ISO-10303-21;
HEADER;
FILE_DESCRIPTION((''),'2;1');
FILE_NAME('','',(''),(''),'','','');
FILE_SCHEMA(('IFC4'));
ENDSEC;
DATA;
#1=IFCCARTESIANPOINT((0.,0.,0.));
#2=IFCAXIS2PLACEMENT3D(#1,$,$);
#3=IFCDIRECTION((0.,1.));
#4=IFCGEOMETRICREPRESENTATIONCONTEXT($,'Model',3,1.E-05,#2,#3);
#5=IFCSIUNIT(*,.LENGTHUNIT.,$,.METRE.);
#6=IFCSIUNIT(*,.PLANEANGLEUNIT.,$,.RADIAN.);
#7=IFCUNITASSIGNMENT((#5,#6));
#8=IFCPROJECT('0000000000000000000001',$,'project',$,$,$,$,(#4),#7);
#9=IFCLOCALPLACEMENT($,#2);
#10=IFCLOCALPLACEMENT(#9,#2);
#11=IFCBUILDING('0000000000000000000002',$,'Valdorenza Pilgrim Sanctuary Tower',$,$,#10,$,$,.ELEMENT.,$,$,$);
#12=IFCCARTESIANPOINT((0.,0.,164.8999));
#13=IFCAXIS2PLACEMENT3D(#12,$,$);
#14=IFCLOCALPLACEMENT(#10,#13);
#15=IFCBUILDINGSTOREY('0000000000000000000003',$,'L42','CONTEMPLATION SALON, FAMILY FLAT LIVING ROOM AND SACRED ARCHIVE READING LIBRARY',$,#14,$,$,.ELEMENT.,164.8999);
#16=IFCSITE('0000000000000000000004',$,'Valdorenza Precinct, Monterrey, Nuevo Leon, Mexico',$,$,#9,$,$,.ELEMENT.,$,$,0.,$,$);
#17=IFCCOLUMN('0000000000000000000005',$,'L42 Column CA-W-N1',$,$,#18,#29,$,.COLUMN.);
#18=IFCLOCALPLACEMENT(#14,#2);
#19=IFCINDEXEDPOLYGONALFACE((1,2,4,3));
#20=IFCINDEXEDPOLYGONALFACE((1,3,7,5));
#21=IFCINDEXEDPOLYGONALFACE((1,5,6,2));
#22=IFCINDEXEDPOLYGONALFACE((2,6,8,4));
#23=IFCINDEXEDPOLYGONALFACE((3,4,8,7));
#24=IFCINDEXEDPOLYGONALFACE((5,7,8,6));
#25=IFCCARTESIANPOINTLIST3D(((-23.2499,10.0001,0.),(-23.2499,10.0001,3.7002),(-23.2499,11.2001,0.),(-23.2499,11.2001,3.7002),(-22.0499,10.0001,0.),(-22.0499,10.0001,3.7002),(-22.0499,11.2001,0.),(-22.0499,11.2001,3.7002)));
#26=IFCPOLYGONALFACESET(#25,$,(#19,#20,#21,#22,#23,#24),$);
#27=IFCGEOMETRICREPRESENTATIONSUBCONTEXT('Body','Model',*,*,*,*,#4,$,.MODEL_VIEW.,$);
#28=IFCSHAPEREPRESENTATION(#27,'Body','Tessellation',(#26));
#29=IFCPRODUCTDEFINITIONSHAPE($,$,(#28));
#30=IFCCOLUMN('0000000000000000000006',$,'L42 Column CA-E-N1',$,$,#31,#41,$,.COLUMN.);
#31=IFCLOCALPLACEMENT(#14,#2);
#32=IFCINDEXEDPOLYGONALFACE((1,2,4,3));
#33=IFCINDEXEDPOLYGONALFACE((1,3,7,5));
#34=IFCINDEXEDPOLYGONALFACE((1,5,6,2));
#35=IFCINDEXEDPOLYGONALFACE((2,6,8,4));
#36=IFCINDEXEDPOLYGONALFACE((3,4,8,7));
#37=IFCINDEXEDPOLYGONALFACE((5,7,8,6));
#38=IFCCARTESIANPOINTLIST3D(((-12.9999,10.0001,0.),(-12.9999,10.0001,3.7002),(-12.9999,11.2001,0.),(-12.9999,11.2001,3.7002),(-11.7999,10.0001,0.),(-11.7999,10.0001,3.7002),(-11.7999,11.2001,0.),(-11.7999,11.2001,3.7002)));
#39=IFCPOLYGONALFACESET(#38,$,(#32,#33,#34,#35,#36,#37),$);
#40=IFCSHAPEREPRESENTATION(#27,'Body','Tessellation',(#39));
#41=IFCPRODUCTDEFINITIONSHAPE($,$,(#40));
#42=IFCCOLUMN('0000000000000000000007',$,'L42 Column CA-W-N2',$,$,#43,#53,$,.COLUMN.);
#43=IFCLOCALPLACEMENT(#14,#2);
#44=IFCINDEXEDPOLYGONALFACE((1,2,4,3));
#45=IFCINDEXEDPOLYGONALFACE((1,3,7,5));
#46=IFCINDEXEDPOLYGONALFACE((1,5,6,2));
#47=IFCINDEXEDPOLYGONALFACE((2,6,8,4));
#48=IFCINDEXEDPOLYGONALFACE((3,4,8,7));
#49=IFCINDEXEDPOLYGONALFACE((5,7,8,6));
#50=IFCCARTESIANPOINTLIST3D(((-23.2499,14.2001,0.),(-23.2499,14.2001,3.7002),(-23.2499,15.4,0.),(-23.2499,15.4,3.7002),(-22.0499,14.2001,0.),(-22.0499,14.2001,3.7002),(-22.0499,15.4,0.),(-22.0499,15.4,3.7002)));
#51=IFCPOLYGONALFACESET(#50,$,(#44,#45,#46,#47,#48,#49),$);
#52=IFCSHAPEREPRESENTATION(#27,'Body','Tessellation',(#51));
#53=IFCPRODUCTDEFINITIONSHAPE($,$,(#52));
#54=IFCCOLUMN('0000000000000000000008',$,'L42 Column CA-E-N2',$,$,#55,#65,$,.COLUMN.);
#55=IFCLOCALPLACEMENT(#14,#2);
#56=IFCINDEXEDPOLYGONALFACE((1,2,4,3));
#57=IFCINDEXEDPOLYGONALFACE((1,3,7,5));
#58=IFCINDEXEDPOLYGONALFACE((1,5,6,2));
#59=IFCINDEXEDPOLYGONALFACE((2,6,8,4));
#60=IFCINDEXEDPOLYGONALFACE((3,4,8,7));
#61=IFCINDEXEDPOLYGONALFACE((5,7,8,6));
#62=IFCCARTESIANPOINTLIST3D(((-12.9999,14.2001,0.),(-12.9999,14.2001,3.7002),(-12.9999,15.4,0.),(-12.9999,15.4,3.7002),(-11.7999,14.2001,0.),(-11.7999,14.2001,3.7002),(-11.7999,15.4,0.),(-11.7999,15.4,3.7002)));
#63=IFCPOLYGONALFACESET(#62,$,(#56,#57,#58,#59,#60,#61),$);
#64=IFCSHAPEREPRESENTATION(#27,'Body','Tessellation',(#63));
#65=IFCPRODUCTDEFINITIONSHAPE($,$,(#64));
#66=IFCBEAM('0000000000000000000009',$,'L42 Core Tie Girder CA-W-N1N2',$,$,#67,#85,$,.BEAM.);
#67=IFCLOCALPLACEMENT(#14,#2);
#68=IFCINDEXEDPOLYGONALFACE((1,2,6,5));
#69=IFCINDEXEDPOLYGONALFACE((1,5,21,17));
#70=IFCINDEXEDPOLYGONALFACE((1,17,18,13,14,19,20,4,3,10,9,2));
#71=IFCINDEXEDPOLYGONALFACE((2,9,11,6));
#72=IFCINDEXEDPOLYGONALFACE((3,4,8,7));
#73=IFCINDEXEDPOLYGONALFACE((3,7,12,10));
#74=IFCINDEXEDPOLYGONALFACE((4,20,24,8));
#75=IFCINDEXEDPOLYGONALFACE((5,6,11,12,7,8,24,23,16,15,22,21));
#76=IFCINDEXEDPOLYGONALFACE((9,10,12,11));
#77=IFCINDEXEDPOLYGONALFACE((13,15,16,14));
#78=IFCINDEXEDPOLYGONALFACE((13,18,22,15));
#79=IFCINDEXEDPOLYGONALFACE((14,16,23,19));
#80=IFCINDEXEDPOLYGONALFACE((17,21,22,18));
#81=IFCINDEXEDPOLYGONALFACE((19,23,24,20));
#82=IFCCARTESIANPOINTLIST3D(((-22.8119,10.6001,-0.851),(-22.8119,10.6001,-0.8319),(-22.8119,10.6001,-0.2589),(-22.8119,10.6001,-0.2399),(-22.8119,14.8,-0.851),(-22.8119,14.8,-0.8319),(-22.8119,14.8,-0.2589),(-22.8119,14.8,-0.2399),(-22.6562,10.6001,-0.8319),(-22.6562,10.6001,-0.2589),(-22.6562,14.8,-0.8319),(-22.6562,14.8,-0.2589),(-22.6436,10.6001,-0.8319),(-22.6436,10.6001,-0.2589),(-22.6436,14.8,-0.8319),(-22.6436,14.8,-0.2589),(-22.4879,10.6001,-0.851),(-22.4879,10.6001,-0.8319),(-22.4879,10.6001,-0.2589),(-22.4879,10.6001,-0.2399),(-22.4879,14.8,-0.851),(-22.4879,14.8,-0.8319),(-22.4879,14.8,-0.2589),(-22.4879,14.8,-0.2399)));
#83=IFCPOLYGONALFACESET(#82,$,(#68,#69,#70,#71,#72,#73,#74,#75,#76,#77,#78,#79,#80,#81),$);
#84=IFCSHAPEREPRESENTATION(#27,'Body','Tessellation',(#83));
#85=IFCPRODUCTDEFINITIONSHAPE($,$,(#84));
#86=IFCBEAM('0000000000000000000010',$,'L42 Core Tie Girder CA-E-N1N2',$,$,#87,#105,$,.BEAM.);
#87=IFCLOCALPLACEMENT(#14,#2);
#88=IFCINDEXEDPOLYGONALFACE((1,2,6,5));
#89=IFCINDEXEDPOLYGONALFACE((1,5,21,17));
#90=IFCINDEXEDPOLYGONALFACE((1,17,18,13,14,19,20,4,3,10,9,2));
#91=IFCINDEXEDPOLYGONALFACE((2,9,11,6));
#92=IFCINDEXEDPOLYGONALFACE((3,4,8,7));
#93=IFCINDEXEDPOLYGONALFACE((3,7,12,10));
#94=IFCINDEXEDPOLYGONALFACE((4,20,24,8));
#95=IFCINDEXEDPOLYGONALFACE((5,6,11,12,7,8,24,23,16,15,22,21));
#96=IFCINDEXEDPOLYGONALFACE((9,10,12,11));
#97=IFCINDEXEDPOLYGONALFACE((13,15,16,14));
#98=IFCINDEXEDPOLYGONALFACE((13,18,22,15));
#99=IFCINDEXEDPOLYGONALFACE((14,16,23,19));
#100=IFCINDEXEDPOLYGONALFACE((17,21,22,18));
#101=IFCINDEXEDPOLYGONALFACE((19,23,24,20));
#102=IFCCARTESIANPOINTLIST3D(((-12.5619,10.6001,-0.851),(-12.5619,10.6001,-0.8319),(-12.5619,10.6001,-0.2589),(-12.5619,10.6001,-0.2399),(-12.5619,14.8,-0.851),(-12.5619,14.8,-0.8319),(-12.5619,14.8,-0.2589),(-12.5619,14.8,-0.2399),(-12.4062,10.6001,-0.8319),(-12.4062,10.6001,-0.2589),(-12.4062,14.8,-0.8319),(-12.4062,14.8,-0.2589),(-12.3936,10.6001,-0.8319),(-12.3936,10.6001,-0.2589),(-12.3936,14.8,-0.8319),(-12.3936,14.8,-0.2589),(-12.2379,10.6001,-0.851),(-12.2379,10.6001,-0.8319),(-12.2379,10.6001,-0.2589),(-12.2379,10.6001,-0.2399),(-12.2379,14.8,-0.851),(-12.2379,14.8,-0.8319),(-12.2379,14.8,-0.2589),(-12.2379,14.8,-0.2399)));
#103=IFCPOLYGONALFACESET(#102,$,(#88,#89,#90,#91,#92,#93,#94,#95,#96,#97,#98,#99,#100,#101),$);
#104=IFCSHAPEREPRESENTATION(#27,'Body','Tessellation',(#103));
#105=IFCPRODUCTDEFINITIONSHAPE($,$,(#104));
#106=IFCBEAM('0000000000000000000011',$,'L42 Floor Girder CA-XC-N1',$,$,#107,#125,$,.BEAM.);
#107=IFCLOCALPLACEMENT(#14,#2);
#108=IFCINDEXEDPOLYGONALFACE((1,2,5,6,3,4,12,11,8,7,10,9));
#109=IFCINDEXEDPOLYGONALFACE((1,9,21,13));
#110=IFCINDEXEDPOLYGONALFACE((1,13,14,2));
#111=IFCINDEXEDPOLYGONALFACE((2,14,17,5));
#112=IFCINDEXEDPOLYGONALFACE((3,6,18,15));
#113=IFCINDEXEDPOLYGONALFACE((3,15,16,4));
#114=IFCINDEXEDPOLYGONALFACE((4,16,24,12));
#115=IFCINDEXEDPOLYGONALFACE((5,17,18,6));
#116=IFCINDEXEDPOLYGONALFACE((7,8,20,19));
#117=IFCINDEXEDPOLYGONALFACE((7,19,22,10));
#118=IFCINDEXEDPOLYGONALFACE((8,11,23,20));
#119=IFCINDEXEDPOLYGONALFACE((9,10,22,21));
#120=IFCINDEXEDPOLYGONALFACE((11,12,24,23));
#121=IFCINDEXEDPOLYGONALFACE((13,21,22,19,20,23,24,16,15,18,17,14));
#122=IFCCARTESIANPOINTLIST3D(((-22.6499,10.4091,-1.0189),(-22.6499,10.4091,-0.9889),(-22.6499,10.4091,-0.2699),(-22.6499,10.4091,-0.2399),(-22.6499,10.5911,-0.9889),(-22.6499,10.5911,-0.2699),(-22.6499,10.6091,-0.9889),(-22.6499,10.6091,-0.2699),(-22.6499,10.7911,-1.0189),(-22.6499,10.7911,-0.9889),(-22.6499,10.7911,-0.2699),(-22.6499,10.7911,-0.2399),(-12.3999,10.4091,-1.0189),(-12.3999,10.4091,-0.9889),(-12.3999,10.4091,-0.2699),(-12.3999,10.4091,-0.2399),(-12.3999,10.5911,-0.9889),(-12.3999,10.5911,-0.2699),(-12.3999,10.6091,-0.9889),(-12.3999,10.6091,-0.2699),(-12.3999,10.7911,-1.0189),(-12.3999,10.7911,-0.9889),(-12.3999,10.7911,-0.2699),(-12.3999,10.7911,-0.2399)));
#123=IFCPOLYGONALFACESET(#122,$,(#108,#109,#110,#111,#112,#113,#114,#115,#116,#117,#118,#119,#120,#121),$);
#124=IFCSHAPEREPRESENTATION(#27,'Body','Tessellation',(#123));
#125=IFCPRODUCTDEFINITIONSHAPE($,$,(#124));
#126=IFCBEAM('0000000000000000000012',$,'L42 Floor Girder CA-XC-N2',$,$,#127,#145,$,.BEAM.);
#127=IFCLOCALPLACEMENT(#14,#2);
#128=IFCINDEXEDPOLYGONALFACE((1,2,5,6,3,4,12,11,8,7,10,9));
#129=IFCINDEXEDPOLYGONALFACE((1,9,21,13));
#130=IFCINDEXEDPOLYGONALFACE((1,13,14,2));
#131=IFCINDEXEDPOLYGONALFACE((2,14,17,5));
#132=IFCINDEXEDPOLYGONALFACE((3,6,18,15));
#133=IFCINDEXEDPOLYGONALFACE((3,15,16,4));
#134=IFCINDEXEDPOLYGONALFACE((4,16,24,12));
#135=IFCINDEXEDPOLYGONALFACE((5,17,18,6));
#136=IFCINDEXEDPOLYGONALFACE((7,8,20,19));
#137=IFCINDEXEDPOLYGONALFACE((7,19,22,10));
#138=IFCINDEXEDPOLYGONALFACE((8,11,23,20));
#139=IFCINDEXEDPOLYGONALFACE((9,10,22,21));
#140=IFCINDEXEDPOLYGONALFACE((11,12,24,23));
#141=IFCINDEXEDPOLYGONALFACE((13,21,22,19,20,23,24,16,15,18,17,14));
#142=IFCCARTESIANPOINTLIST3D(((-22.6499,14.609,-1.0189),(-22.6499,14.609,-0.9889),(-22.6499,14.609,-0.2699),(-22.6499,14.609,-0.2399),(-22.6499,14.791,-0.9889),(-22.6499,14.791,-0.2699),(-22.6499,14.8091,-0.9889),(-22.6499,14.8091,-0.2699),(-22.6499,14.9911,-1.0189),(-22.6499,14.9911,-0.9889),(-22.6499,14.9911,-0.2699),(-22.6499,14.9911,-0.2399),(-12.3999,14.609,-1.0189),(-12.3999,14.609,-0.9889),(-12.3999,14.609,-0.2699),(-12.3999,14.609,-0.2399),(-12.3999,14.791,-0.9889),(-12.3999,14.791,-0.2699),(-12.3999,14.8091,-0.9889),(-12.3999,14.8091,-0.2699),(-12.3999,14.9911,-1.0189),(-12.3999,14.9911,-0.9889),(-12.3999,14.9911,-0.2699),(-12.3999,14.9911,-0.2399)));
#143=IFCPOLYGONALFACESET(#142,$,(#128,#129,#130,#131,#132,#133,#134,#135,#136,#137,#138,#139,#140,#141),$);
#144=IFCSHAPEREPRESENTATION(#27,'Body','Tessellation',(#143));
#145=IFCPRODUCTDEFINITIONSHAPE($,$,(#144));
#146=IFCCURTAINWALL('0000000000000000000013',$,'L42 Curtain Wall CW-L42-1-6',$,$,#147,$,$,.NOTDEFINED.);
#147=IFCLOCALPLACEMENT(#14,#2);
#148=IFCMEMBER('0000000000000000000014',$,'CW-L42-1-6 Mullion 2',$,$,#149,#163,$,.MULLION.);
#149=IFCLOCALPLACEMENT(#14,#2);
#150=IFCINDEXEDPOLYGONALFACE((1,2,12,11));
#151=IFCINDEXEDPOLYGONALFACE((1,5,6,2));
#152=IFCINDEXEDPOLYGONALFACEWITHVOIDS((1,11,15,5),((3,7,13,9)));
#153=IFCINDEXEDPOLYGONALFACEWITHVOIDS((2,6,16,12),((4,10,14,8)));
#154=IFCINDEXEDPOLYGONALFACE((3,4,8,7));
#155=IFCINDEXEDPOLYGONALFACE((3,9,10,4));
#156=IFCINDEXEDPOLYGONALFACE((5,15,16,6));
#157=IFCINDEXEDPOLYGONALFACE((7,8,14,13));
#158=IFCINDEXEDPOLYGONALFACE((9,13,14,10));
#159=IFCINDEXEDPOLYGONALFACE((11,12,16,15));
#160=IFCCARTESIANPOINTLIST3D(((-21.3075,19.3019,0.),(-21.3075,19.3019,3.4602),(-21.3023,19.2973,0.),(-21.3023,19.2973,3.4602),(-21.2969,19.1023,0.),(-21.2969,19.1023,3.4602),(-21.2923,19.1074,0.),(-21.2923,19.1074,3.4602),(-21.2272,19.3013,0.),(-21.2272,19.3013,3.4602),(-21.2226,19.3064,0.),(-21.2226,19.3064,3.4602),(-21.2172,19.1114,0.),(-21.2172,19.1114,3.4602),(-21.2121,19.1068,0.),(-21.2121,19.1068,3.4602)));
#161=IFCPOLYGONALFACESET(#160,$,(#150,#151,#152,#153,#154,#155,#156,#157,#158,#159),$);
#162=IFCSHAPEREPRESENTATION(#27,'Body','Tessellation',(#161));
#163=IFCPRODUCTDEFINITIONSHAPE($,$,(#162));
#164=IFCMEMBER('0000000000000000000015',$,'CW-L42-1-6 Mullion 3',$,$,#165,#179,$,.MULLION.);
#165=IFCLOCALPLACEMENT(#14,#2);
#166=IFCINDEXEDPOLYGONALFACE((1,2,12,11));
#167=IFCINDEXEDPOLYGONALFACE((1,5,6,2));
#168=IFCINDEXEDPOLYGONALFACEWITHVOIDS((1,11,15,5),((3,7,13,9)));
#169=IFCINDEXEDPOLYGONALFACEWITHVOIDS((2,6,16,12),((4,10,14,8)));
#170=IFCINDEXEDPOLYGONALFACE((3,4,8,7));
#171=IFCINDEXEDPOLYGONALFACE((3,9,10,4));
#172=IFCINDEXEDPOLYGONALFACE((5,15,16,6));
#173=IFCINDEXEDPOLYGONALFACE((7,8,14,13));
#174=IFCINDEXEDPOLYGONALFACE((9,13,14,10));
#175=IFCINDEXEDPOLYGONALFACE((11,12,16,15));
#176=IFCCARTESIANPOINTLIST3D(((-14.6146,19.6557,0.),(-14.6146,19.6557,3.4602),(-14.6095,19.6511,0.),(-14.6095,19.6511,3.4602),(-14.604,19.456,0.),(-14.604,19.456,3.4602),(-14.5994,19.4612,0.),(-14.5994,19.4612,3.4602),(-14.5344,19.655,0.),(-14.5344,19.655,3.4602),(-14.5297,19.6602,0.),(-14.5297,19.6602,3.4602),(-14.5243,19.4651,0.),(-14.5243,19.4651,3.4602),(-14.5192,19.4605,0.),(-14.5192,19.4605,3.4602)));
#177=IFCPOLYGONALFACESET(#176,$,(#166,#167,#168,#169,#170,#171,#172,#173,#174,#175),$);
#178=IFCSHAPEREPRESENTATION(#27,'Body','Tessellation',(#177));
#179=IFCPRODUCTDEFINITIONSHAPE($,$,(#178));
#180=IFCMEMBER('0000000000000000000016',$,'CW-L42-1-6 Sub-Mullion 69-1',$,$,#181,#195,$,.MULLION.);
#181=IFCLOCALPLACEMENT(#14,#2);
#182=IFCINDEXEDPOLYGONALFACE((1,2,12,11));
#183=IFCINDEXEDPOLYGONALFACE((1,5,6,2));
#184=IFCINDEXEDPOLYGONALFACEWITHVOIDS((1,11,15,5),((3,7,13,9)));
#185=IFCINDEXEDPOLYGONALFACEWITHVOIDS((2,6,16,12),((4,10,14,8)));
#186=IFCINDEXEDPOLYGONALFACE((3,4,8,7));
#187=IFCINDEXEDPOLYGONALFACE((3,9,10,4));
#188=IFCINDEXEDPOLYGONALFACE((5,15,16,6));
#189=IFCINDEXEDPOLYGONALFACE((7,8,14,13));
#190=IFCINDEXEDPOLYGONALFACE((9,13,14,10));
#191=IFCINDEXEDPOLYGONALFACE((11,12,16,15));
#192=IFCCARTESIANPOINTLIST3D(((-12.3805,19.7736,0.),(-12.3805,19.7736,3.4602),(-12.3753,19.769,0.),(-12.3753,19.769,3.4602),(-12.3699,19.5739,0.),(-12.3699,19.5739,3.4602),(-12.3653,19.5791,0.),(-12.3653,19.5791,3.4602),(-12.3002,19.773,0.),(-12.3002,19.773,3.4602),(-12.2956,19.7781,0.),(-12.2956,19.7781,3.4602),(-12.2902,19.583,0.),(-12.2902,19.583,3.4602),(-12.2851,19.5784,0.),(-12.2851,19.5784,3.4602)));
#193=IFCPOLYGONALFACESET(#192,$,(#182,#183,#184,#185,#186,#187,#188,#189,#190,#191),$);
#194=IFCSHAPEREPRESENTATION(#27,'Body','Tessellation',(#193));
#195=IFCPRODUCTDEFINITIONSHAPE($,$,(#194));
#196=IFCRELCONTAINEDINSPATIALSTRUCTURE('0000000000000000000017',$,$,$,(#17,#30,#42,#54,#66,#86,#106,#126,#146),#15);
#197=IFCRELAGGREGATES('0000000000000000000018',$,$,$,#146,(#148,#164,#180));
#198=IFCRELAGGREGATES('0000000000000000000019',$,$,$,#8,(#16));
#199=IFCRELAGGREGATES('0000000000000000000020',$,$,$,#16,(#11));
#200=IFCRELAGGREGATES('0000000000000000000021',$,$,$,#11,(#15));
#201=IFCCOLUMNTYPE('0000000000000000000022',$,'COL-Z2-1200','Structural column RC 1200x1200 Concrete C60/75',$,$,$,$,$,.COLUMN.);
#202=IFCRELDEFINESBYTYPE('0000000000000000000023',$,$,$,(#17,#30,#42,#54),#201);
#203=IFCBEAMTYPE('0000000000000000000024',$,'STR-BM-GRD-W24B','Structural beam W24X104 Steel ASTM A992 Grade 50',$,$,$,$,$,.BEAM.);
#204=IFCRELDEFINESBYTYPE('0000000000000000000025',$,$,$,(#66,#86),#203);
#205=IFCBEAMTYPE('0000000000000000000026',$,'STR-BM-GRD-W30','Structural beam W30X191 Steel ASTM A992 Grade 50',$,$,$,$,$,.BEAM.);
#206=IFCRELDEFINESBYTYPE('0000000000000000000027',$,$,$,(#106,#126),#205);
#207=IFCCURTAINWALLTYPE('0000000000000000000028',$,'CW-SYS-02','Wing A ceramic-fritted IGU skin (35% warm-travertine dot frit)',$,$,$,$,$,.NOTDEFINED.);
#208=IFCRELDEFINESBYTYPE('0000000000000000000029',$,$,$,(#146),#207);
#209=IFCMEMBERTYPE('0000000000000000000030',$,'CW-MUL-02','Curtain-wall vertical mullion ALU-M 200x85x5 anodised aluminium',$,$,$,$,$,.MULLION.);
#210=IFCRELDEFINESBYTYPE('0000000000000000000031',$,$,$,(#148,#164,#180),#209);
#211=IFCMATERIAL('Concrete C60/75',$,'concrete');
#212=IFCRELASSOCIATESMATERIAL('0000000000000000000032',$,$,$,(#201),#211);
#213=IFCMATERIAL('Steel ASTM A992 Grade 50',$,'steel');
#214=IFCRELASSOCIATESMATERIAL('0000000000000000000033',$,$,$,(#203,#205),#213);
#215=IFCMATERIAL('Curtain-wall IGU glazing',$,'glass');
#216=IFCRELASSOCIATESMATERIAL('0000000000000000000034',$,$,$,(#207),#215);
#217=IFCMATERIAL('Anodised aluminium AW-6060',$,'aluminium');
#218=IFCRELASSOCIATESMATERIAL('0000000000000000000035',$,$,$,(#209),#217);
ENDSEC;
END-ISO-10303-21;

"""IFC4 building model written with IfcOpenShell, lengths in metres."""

from ifc_helpers import new_model, si_unit, direction, frame, origin, origin_2d, place, context, subcontext, project, spatial, rectangle, hollow_rectangle, i_section, extrude, source, transform, mapped, material, material_profile, profile_set, type_object, element, aggregate, save


model = new_model("IFC4")

# Units and contexts
model_context = context("Model", 3, precision=1e-05, world=origin(), true_north=direction((0.0, 1.0)))
body_context = subcontext(model_context, "Body", "Model", "MODEL_VIEW")
ifc_project = project(units=[si_unit("LENGTHUNIT", "METRE"), si_unit("PLANEANGLEUNIT", "RADIAN")], contexts=[model_context])

# Site, building, storey
site_placement = place(None, origin())
site = spatial("IfcSite", under=ifc_project, at=site_placement, Name="Valdorenza Precinct, Monterrey, Nuevo Leon, Mexico", CompositionType="ELEMENT", RefElevation=0.0)
building_placement = place(site_placement, origin())
building = spatial("IfcBuilding", under=site, at=building_placement, Name="Valdorenza Pilgrim Sanctuary Tower", CompositionType="ELEMENT")
storey_placement = place(building_placement, frame((0.0, 0.0, 164.8999)))
storey = spatial("IfcBuildingStorey", under=building, at=storey_placement, Name="L42", Description="CONTEMPLATION SALON, FAMILY FLAT LIVING ROOM AND SACRED ARCHIVE READING LIBRARY", CompositionType="ELEMENT", Elevation=164.8999)

# Columns
ifc_material_1 = material(Name="Concrete C60/75", Category="concrete")
ifc_material_profile_1 = material_profile(ifc_material_1, rectangle(XDim=1.2, YDim=1.2, at=origin_2d()), Name="RC 1200x1200")
ifc_profile_set_1 = profile_set([ifc_material_profile_1], Name="Concrete C60/75")
column_type = type_object("IfcColumnType", Name="COL-Z2-1200", Description="Structural column RC 1200x1200 Concrete C60/75", PredefinedType="COLUMN", material=ifc_profile_set_1)
shared_shape_1 = source(origin(), body_context, "Body", "SweptSolid", [
    extrude(rectangle(XDim=1.2, YDim=1.2, at=origin_2d()), origin(), (0.0, 0.0, 1.0), 3.7002),
])
for number, where, z_axis, x_axis, name in (
    (1, (-22.6499, 10.6001, 0.0), (0.0, 0.0, 1.0), (1.0, 0.0, 0.0), "L42 Column CA-W-N1"),
    (2, (-12.3999, 10.6001, 0.0), (0.0, 0.0, 1.0), (1.0, 0.0, 0.0), "L42 Column CA-E-N1"),
    (3, (-22.6499, 14.8, 0.0), (0.0, 0.0, 1.0), (1.0, 0.0, 0.0), "L42 Column CA-W-N2"),
    (4, (-12.3999, 14.8, 0.0), (0.0, 0.0, 1.0), (1.0, 0.0, 0.0), "L42 Column CA-E-N2"),
):
    element("IfcColumn", number, at=place(storey_placement, frame(where, z_axis=z_axis, x_axis=x_axis)), inside=storey, type_object=column_type, Name=name, PredefinedType="COLUMN", context=body_context, shape_type="MappedRepresentation", body=[
        mapped(shared_shape_1, transform((0.0, 0.0, 0.0), x_axis=(1.0, 0.0, 0.0), y_axis=(0.0, 1.0, 0.0), z_axis=(0.0, 0.0, 1.0), scale=1.0)),
    ])

# Beams
ifc_material_2 = material(Name="Steel ASTM A992 Grade 50", Category="steel")
ifc_material_profile_2 = material_profile(ifc_material_2, i_section(OverallWidth=0.324, OverallDepth=0.6111, WebThickness=0.0127, FlangeThickness=0.019, at=origin_2d()), Name="W24X104")
ifc_profile_set_2 = profile_set([ifc_material_profile_2], Name="Steel ASTM A992 Grade 50")
beam_type_1 = type_object("IfcBeamType", Name="STR-BM-GRD-W24B", Description="Structural beam W24X104 Steel ASTM A992 Grade 50", PredefinedType="BEAM", material=ifc_profile_set_2)
shared_shape_2 = source(origin(), body_context, "Body", "SweptSolid", [
    extrude(i_section(OverallWidth=0.324, OverallDepth=0.6111, WebThickness=0.0127, FlangeThickness=0.019, at=origin_2d()), origin(), (0.0, 0.0, 1.0), 4.2),
])
for number, where, z_axis, x_axis, name in (
    (5, (-22.6499, 10.6001, -0.5454), (0.0, 1.0, 0.0), (-1.0, 0.0, 0.0), "L42 Core Tie Girder CA-W-N1N2"),
    (6, (-12.3999, 10.6001, -0.5454), (0.0, 1.0, 0.0), (-1.0, 0.0, 0.0), "L42 Core Tie Girder CA-E-N1N2"),
):
    element("IfcBeam", number, at=place(storey_placement, frame(where, z_axis=z_axis, x_axis=x_axis)), inside=storey, type_object=beam_type_1, Name=name, PredefinedType="BEAM", context=body_context, shape_type="MappedRepresentation", body=[
        mapped(shared_shape_2, transform((0.0, 0.0, 0.0), x_axis=(1.0, 0.0, 0.0), y_axis=(0.0, 1.0, 0.0), z_axis=(0.0, 0.0, 1.0), scale=1.0)),
    ])
ifc_material_profile_3 = material_profile(ifc_material_2, i_section(OverallWidth=0.3821, OverallDepth=0.7791, WebThickness=0.0181, FlangeThickness=0.03, at=origin_2d()), Name="W30X191")
ifc_profile_set_3 = profile_set([ifc_material_profile_3], Name="Steel ASTM A992 Grade 50")
beam_type_2 = type_object("IfcBeamType", Name="STR-BM-GRD-W30", Description="Structural beam W30X191 Steel ASTM A992 Grade 50", PredefinedType="BEAM", material=ifc_profile_set_3)
shared_shape_3 = source(origin(), body_context, "Body", "SweptSolid", [
    extrude(i_section(OverallWidth=0.3821, OverallDepth=0.7791, WebThickness=0.0181, FlangeThickness=0.03, at=origin_2d()), origin(), (0.0, 0.0, 1.0), 10.25),
])
for number, where, z_axis, x_axis, name in (
    (7, (-22.6499, 10.6001, -0.6294), (1.0, 0.0, 0.0), (0.0, 1.0, 0.0), "L42 Floor Girder CA-XC-N1"),
    (8, (-22.6499, 14.8, -0.6294), (1.0, 0.0, 0.0), (0.0, 1.0, 0.0), "L42 Floor Girder CA-XC-N2"),
):
    element("IfcBeam", number, at=place(storey_placement, frame(where, z_axis=z_axis, x_axis=x_axis)), inside=storey, type_object=beam_type_2, Name=name, PredefinedType="BEAM", context=body_context, shape_type="MappedRepresentation", body=[
        mapped(shared_shape_3, transform((0.0, 0.0, 0.0), x_axis=(1.0, 0.0, 0.0), y_axis=(0.0, 1.0, 0.0), z_axis=(0.0, 0.0, 1.0), scale=1.0)),
    ])

# Curtain wall, members
ifc_material_3 = material(Name="Curtain-wall IGU glazing", Category="glass")
curtain_wall_type = type_object("IfcCurtainWallType", Name="CW-SYS-02", Description="Wing A ceramic-fritted IGU skin (35% warm-travertine dot frit)", PredefinedType="NOTDEFINED", material=ifc_material_3)
curtain_wall_placement = place(storey_placement, origin())
curtain_wall = element("IfcCurtainWall", 9, at=curtain_wall_placement, inside=storey, type_object=curtain_wall_type, Name="L42 Curtain Wall CW-L42-1-6", PredefinedType="NOTDEFINED")
ifc_material_4 = material(Name="Anodised aluminium AW-6060", Category="aluminium")
ifc_material_profile_4 = material_profile(ifc_material_4, hollow_rectangle(XDim=0.085, YDim=0.2, WallThickness=0.0049, at=origin_2d()), Name="ALU-M 200x85x5")
ifc_profile_set_4 = profile_set([ifc_material_profile_4], Name="Anodised aluminium AW-6060")
member_type = type_object("IfcMemberType", Name="CW-MUL-02", Description="Curtain-wall vertical mullion ALU-M 200x85x5 anodised aluminium", PredefinedType="MULLION", material=ifc_profile_set_4)
shared_shape_4 = source(origin(), body_context, "Body", "SweptSolid", [
    extrude(hollow_rectangle(XDim=0.085, YDim=0.2, WallThickness=0.0049, at=origin_2d()), origin(), (0.0, 0.0, 1.0), 3.4602),
])
member_1_placement = place(storey_placement, frame((-21.2598, 19.2043, 0.0), z_axis=(0.0, 0.0, 1.0), x_axis=(0.998608, 0.052754, 0.0)))
member_1 = element("IfcMember", 10, at=member_1_placement, type_object=member_type, Name="CW-L42-1-6 Mullion 2", PredefinedType="MULLION", context=body_context, shape_type="MappedRepresentation", body=[
    mapped(shared_shape_4, transform((0.0, 0.0, 0.0), x_axis=(1.0, 0.0, 0.0), y_axis=(0.0, 1.0, 0.0), z_axis=(0.0, 0.0, 1.0), scale=1.0)),
])
member_2_placement = place(storey_placement, frame((-14.5669, 19.5581, 0.0), z_axis=(0.0, 0.0, 1.0), x_axis=(0.998608, 0.052754, 0.0)))
member_2 = element("IfcMember", 11, at=member_2_placement, type_object=member_type, Name="CW-L42-1-6 Mullion 3", PredefinedType="MULLION", context=body_context, shape_type="MappedRepresentation", body=[
    mapped(shared_shape_4, transform((0.0, 0.0, 0.0), x_axis=(1.0, 0.0, 0.0), y_axis=(0.0, 1.0, 0.0), z_axis=(0.0, 0.0, 1.0), scale=1.0)),
])
member_3_placement = place(storey_placement, frame((-12.3328, 19.676, 0.0), z_axis=(0.0, 0.0, 1.0), x_axis=(0.998608, 0.052754, 0.0)))
member_3 = element("IfcMember", 12, at=member_3_placement, type_object=member_type, Name="CW-L42-1-6 Sub-Mullion 69-1", PredefinedType="MULLION", context=body_context, shape_type="MappedRepresentation", body=[
    mapped(shared_shape_4, transform((0.0, 0.0, 0.0), x_axis=(1.0, 0.0, 0.0), y_axis=(0.0, 1.0, 0.0), z_axis=(0.0, 0.0, 1.0), scale=1.0)),
])
aggregate(curtain_wall, [member_1, member_2, member_3])

save(model, "model.ifc")
